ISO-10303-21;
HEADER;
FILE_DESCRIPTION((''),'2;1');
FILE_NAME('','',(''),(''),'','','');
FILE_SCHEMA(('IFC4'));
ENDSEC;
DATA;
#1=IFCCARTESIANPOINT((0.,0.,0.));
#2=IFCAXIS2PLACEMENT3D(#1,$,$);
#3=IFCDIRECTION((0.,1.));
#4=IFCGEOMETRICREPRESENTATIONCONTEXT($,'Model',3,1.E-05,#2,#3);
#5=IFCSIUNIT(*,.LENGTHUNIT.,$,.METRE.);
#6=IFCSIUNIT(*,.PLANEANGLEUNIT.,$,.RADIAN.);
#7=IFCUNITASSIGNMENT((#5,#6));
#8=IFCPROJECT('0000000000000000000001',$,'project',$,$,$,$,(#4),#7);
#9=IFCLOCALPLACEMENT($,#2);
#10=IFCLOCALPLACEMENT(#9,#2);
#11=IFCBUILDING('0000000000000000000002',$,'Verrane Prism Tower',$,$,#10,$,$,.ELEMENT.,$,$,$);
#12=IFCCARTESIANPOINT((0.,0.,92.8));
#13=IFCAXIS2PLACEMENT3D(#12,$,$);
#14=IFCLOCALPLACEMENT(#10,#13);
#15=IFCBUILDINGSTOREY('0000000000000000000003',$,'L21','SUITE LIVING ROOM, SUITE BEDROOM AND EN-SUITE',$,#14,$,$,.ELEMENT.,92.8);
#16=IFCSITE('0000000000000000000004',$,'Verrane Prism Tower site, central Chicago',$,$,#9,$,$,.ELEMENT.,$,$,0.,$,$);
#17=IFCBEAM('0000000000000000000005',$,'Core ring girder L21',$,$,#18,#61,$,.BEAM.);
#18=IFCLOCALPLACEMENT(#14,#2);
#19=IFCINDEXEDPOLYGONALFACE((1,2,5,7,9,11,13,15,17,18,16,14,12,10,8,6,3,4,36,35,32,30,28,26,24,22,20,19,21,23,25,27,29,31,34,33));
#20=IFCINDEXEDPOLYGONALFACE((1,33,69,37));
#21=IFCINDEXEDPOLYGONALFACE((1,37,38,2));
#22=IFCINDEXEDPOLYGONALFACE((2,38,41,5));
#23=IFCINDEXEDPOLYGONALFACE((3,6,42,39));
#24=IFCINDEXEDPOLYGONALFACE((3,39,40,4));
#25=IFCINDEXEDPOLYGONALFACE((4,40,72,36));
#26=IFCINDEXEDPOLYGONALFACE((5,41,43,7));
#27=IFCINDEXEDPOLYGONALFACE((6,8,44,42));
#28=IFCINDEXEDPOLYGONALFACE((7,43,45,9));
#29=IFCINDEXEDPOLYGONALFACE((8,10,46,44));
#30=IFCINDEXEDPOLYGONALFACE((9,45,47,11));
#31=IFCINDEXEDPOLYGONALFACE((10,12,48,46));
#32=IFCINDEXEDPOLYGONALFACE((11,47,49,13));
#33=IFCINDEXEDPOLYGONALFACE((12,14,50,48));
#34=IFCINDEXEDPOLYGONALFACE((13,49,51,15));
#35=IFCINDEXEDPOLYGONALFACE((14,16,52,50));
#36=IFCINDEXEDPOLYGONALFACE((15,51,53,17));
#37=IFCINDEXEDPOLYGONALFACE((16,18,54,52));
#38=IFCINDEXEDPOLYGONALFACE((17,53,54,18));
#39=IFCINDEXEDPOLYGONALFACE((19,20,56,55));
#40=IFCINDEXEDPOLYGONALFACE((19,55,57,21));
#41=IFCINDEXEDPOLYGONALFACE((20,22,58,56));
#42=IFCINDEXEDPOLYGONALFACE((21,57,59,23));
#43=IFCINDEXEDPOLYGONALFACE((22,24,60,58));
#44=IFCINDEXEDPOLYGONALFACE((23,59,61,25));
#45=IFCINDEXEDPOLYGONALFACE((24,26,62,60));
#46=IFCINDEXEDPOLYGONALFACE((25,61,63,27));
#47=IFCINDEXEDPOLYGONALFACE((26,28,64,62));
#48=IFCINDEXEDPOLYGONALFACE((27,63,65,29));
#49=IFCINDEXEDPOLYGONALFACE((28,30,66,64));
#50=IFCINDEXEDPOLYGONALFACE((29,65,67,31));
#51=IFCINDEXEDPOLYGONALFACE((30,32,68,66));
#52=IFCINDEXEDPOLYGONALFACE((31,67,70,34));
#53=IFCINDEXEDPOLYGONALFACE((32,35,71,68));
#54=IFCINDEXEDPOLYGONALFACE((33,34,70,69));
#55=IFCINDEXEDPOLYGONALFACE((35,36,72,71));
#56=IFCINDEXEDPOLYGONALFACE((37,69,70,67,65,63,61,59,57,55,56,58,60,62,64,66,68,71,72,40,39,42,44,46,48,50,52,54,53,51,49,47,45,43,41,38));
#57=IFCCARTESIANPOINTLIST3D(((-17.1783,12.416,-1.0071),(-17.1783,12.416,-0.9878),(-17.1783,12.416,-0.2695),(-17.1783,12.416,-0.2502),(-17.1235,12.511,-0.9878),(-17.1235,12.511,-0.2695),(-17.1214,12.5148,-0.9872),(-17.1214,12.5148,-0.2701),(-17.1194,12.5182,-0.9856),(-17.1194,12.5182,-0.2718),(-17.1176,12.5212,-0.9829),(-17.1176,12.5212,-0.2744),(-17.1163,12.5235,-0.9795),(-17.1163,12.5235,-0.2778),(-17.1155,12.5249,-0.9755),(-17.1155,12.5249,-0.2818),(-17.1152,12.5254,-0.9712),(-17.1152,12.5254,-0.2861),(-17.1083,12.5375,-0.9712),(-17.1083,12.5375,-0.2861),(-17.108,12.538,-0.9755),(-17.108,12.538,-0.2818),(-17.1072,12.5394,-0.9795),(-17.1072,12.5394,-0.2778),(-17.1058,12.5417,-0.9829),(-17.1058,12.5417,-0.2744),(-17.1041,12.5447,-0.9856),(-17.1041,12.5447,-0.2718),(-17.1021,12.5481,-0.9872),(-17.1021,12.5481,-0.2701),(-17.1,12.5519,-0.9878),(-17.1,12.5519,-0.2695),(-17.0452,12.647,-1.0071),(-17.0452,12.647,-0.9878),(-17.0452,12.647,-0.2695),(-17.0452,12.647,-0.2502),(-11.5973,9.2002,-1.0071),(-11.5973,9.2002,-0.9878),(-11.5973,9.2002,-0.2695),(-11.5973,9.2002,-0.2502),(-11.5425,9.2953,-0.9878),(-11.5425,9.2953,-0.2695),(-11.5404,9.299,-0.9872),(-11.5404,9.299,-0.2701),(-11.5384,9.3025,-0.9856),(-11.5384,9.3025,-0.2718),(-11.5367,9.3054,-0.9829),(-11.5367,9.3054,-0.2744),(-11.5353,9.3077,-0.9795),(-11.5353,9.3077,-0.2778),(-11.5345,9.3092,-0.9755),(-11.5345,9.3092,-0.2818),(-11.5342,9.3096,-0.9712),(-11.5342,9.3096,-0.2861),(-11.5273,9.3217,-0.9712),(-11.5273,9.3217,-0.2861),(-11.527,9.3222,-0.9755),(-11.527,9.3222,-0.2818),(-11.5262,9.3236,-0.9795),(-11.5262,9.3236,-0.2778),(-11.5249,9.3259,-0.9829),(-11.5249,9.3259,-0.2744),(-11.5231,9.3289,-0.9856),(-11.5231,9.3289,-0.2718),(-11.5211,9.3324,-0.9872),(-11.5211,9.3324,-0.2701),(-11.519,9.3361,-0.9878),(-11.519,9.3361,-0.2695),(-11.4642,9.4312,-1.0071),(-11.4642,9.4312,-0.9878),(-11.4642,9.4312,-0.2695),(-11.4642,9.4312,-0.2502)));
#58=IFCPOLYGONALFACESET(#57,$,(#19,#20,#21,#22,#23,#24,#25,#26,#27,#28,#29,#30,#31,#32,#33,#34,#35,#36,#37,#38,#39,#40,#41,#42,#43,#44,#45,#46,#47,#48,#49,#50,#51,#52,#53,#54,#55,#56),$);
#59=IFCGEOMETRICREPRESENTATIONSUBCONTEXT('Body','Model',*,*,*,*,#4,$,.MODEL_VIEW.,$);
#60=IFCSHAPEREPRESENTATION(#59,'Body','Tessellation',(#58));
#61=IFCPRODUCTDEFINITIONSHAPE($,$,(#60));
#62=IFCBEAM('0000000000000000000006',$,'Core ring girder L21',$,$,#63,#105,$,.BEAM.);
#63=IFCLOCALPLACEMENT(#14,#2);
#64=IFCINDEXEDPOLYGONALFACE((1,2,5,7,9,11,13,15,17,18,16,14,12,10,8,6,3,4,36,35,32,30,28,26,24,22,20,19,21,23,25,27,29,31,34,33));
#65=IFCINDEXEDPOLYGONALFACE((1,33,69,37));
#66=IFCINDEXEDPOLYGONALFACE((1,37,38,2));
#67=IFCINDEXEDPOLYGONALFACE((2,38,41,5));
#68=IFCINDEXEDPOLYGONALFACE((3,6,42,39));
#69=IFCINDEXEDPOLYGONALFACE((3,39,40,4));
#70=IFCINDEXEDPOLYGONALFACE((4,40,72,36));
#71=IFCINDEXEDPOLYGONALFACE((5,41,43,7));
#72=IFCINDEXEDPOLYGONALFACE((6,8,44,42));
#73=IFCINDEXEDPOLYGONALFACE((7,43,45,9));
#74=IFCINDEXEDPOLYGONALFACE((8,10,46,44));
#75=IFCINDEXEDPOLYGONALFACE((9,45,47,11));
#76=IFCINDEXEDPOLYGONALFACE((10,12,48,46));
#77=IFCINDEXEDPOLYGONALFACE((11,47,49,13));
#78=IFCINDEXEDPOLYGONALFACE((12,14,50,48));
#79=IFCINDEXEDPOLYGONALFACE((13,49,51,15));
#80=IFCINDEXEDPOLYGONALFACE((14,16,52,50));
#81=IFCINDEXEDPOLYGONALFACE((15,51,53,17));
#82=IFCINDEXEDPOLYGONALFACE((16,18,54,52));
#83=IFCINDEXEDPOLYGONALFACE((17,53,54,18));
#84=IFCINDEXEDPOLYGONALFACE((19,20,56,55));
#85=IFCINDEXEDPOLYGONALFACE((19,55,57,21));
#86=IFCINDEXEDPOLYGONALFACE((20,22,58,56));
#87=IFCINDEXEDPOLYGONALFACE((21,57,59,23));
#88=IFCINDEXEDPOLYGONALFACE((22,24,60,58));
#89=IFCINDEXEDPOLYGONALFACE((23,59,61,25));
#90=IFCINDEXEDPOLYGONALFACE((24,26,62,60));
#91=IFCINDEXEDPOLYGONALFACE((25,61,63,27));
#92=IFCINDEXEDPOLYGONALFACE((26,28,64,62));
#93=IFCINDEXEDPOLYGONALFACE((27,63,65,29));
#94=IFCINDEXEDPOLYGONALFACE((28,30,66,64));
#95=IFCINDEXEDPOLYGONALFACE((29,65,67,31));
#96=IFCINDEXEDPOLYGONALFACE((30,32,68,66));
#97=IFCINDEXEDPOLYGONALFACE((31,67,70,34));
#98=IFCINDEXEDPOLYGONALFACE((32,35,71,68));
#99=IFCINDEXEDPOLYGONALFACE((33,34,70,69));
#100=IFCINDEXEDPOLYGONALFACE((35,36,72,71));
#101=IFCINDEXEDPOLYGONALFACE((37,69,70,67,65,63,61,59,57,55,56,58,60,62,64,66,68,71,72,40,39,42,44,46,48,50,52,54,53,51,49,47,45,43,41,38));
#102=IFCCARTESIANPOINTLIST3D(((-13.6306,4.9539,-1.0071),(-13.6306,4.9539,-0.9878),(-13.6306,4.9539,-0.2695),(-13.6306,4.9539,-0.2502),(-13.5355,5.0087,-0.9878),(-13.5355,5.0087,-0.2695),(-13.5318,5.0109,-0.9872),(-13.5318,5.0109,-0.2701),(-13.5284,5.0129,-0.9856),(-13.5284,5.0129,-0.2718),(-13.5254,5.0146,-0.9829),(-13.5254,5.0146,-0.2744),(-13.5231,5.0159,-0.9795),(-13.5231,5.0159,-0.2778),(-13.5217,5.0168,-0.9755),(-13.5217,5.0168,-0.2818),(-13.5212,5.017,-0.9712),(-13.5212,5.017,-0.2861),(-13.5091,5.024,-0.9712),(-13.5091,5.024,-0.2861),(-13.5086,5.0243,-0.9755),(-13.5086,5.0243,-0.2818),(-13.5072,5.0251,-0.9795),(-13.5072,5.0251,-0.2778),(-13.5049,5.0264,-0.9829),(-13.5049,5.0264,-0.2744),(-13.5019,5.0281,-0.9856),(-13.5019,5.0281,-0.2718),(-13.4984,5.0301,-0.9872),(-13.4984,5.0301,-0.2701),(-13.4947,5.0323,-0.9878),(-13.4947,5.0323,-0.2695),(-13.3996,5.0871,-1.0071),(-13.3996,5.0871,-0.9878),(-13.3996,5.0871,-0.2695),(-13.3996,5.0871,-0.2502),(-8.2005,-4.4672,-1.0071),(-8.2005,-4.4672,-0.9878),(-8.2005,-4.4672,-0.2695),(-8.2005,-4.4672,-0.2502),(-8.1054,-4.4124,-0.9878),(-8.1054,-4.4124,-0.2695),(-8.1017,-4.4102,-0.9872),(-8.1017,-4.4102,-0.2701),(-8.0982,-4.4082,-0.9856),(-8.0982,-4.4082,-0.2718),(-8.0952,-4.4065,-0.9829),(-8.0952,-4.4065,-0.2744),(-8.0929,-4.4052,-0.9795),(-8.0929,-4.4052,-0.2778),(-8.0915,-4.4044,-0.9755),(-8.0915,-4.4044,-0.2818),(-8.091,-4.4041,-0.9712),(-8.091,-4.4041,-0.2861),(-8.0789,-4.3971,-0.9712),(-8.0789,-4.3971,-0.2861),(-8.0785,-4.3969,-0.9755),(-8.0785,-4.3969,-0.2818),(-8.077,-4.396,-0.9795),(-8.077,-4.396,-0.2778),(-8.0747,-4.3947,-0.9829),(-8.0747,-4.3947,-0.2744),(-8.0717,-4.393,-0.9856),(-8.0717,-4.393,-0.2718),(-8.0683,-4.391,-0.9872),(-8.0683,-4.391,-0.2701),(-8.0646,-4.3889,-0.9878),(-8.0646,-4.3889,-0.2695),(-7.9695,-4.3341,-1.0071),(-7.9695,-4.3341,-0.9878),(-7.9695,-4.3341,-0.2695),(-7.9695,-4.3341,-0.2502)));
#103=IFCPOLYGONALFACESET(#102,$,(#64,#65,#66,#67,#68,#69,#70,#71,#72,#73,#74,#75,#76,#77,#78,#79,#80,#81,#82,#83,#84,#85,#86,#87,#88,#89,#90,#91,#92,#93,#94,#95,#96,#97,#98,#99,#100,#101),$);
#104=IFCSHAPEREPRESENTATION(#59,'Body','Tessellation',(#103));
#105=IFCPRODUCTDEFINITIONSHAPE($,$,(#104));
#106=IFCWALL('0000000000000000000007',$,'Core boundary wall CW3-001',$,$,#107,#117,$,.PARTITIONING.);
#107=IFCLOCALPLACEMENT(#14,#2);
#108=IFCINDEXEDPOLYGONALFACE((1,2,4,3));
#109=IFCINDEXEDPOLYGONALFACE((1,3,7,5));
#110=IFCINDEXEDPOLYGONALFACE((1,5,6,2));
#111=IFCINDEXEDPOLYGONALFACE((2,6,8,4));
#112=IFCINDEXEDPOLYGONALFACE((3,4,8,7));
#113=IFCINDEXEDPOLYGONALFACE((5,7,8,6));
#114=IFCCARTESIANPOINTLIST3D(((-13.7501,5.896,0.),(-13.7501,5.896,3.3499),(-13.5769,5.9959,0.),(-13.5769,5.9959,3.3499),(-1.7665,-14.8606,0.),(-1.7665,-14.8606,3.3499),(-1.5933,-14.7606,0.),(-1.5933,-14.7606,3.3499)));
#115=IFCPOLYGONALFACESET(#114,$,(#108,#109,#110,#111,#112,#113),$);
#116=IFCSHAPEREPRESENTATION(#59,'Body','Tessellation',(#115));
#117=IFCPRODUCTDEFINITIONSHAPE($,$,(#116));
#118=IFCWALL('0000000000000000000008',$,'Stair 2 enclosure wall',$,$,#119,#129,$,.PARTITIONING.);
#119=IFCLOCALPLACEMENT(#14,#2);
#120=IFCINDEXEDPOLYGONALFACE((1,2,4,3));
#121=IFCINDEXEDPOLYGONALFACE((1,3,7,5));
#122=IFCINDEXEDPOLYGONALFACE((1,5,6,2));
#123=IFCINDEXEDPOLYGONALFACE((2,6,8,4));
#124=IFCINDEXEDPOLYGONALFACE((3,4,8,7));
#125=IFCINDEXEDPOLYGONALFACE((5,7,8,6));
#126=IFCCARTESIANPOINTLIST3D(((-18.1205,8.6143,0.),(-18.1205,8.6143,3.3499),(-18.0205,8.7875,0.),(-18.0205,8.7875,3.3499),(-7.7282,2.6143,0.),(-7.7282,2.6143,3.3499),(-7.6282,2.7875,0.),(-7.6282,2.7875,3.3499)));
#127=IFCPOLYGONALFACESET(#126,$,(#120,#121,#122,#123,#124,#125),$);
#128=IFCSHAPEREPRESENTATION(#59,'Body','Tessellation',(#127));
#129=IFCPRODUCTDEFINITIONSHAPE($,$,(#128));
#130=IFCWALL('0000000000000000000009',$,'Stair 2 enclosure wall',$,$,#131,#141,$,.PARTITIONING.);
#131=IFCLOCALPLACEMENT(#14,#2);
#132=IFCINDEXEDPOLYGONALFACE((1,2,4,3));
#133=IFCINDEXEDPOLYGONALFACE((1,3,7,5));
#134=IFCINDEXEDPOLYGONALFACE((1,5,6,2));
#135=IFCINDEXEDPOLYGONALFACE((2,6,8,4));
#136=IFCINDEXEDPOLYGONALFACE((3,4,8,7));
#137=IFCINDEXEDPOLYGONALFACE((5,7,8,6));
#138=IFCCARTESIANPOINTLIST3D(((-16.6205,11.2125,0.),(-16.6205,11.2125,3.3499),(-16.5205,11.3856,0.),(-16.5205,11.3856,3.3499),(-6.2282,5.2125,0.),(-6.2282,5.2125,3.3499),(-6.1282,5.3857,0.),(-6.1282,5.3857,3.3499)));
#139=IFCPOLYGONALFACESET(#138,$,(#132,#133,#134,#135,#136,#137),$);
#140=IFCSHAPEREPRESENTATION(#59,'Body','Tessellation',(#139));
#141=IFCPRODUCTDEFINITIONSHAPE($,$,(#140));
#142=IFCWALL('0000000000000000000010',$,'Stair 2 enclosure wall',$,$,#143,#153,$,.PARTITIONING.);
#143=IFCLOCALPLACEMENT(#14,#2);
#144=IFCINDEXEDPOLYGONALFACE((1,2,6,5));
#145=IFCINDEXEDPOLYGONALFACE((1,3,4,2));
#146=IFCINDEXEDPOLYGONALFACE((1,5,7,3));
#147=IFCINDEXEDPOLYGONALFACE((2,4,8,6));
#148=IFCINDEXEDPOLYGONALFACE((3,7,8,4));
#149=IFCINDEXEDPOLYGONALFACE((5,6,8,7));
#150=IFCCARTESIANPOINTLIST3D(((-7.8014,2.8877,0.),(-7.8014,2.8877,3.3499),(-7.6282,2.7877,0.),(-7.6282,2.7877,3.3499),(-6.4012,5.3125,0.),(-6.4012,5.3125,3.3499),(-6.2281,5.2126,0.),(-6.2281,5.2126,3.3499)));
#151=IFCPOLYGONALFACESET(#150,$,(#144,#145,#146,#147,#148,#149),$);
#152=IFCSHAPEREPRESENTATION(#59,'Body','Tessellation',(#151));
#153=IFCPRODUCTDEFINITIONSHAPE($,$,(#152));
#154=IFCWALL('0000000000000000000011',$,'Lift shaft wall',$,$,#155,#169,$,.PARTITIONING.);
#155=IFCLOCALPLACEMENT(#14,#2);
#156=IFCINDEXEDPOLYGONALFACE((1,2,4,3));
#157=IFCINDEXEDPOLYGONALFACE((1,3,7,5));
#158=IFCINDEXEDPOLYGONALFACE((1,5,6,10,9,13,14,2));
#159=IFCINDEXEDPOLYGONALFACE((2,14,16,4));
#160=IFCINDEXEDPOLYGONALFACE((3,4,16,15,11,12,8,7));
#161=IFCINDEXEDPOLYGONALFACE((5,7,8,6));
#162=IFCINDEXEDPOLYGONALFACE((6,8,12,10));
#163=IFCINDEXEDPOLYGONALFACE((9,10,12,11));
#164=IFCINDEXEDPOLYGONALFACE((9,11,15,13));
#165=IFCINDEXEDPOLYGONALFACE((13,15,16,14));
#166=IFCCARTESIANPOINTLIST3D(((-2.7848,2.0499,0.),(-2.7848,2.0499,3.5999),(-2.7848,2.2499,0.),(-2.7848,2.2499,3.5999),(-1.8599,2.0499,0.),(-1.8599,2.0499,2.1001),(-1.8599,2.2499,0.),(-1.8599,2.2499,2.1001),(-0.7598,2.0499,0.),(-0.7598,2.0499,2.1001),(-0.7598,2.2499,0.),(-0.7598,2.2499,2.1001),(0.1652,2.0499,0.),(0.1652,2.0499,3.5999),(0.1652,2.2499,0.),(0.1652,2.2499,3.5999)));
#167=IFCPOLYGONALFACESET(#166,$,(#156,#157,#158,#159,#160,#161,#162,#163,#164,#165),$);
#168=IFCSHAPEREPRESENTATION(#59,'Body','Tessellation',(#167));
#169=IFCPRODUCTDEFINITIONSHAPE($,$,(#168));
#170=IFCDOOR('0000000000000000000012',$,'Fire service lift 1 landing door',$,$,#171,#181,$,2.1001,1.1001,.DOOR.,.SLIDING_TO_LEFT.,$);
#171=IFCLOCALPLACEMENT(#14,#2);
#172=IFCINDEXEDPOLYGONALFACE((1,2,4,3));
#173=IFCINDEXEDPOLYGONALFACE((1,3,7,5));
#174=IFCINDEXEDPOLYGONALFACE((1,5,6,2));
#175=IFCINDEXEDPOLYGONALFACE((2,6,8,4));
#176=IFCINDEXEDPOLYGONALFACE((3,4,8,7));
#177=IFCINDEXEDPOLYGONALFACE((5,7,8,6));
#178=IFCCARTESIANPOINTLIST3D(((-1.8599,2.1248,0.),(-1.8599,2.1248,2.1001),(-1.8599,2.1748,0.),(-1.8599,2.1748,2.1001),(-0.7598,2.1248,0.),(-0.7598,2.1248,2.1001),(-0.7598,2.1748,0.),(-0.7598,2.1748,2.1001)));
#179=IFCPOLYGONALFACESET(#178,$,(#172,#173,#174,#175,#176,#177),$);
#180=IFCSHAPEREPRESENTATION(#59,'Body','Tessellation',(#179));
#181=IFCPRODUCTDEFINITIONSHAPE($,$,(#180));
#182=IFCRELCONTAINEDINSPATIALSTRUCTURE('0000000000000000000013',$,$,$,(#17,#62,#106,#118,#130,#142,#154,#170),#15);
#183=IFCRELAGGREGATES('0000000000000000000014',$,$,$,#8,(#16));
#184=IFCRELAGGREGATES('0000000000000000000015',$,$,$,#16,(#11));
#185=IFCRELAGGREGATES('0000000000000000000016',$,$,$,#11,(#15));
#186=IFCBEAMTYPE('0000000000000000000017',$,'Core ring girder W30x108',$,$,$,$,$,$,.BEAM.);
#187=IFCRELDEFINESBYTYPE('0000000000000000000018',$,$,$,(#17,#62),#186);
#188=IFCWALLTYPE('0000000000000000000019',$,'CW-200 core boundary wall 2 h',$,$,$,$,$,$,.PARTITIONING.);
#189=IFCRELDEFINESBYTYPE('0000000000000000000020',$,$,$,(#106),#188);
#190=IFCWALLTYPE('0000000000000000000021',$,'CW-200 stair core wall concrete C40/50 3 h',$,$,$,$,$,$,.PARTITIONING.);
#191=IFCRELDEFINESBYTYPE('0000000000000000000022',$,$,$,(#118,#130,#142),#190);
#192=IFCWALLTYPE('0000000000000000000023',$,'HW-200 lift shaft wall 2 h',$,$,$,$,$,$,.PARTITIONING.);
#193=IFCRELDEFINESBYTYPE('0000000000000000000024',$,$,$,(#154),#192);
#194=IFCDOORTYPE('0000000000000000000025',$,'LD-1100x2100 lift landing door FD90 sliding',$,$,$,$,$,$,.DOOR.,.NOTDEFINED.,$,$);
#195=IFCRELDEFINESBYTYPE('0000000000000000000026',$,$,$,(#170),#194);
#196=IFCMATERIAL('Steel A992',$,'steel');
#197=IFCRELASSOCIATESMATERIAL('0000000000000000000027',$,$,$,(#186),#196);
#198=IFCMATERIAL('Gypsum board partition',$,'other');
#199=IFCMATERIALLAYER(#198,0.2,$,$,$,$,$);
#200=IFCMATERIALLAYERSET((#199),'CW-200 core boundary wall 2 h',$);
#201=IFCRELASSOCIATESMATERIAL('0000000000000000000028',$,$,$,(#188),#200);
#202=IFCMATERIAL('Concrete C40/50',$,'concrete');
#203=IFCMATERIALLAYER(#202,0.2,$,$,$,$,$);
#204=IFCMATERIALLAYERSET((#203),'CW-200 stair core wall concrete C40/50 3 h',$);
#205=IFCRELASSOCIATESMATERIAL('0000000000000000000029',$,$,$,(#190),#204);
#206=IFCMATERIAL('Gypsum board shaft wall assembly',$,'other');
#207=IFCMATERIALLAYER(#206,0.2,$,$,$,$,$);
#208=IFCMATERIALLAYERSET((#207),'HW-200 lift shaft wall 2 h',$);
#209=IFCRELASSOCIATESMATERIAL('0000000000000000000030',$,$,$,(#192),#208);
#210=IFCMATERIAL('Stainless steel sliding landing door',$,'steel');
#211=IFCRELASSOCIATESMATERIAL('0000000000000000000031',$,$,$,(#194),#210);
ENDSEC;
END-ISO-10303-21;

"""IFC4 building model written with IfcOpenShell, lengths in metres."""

from ifc_helpers import new_model, si_unit, direction, frame, frame_2d, origin, origin_2d, place, context, subcontext, project, spatial, rectangle, i_section, extrude, material, layer, layer_set, material_profile, profile_set, type_object, element, fill, save


model = new_model("IFC4")

# Units and contexts
model_context = context("Model", 3, precision=1e-05, world=origin(), true_north=direction((0.0, 1.0)))
body_context = subcontext(model_context, "Body", "Model", "MODEL_VIEW")
ifc_project = project(units=[si_unit("LENGTHUNIT", "METRE"), si_unit("PLANEANGLEUNIT", "RADIAN")], contexts=[model_context])

# Site, building, storey
site_placement = place(None, origin())
site = spatial("IfcSite", under=ifc_project, at=site_placement, Name="Verrane Prism Tower site, central Chicago", CompositionType="ELEMENT", RefElevation=0.0)
building_placement = place(site_placement, origin())
building = spatial("IfcBuilding", under=site, at=building_placement, Name="Verrane Prism Tower", CompositionType="ELEMENT")
storey_placement = place(building_placement, frame((0.0, 0.0, 92.8)))
storey = spatial("IfcBuildingStorey", under=building, at=storey_placement, Name="L21", Description="SUITE LIVING ROOM, SUITE BEDROOM AND EN-SUITE", CompositionType="ELEMENT", Elevation=92.8)

# Beams
ifc_material_1 = material(Name="Steel A992", Category="steel")
ifc_material_profile_1 = material_profile(ifc_material_1, i_section(OverallWidth=0.2666, OverallDepth=0.7568, WebThickness=0.0139, FlangeThickness=0.0193, FilletRadius=0.0166, at=origin_2d()), Name="W30x108")
ifc_profile_set_1 = profile_set([ifc_material_profile_1], Name="Steel A992")
beam_type = type_object("IfcBeamType", Name="Core ring girder W30x108", PredefinedType="BEAM", material=ifc_profile_set_1)
beam_1_placement = place(storey_placement, frame((-11.5308, 9.3157, -0.6287), z_axis=(-0.866456, 0.499254, 0.0), x_axis=(-0.499254, -0.866456, 0.0)))
element("IfcBeam", 1, at=beam_1_placement, inside=storey, type_object=beam_type, Name="Core ring girder L21", PredefinedType="BEAM", context=body_context, shape_type="SweptSolid", body=[
    extrude(i_section(OverallWidth=0.2666, OverallDepth=0.7568, WebThickness=0.0139, FlangeThickness=0.0193, FilletRadius=0.0166, at=origin_2d()), origin(), (0.0, 0.0, 1.0), 6.4412),
])
beam_2_placement = place(storey_placement, frame((-13.5151, 5.0205, -0.6287), z_axis=(0.499371, -0.866388, 0.0), x_axis=(0.866388, 0.499371, 0.0)))
element("IfcBeam", 2, at=beam_2_placement, inside=storey, type_object=beam_type, Name="Core ring girder L21", PredefinedType="BEAM", context=body_context, shape_type="SweptSolid", body=[
    extrude(i_section(OverallWidth=0.2666, OverallDepth=0.7568, WebThickness=0.0139, FlangeThickness=0.0193, FilletRadius=0.0166, at=origin_2d()), origin(), (0.0, 0.0, 1.0), 10.874),
])

# Walls
ifc_material_2 = material(Name="Gypsum board partition", Category="other")
ifc_layer_1 = layer(ifc_material_2, 0.2)
ifc_layer_set_1 = layer_set([ifc_layer_1], Name="CW-200 core boundary wall 2 h")
wall_type_1 = type_object("IfcWallType", Name="CW-200 core boundary wall 2 h", PredefinedType="PARTITIONING", material=ifc_layer_set_1)
wall_1_placement = place(storey_placement, frame((-13.6636, 5.946, 0.0), z_axis=(0.0, 0.0, 1.0), x_axis=(0.499994, -0.866029, 0.0)))
element("IfcWall", 3, at=wall_1_placement, inside=storey, type_object=wall_type_1, Name="Core boundary wall CW3-001", PredefinedType="PARTITIONING", context=body_context, shape_type="SweptSolid", body=[
    extrude(rectangle(XDim=23.9675, YDim=0.2, at=frame_2d((11.9839, 0.0))), origin(), (0.0, 0.0, 1.0), 3.3499),
])
ifc_material_3 = material(Name="Concrete C40/50", Category="concrete")
ifc_layer_2 = layer(ifc_material_3, 0.2)
ifc_layer_set_2 = layer_set([ifc_layer_2], Name="CW-200 stair core wall concrete C40/50 3 h")
wall_type_2 = type_object("IfcWallType", Name="CW-200 stair core wall concrete C40/50 3 h", PredefinedType="PARTITIONING", material=ifc_layer_set_2)
for number, where, z_axis, x_axis, name in (
    (4, (-7.6782, 2.7009, 0.0), (0.0, 0.0, 1.0), (-0.866026, 0.499999, 0.0), "Stair 2 enclosure wall"),
    (5, (-6.1782, 5.2991, 0.0), (0.0, 0.0, 1.0), (-0.866026, 0.499999, 0.0), "Stair 2 enclosure wall"),
):
    element("IfcWall", number, at=place(storey_placement, frame(where, z_axis=z_axis, x_axis=x_axis)), inside=storey, type_object=wall_type_2, Name=name, PredefinedType="PARTITIONING", context=body_context, shape_type="SweptSolid", body=[
        extrude(rectangle(XDim=12.0, YDim=0.2, at=frame_2d((6.0, 0.0))), origin(), (0.0, 0.0, 1.0), 3.3499),
    ])
wall_2_placement = place(storey_placement, frame((-6.3147, 5.2625, 0.0), z_axis=(0.0, 0.0, 1.0), x_axis=(-0.50005, -0.865997, 0.0)))
element("IfcWall", 6, at=wall_2_placement, inside=storey, type_object=wall_type_2, Name="Stair 2 enclosure wall", PredefinedType="PARTITIONING", context=body_context, shape_type="SweptSolid", body=[
    extrude(rectangle(XDim=2.8, YDim=0.2, at=frame_2d((1.3999, 0.0))), origin(), (0.0, 0.0, 1.0), 3.3499),
])

# Wall, opening, door
ifc_material_4 = material(Name="Gypsum board shaft wall assembly", Category="other")
ifc_layer_3 = layer(ifc_material_4, 0.2)
ifc_layer_set_3 = layer_set([ifc_layer_3], Name="HW-200 lift shaft wall 2 h")
wall_type_3 = type_object("IfcWallType", Name="HW-200 lift shaft wall 2 h", PredefinedType="PARTITIONING", material=ifc_layer_set_3)
wall_3_placement = place(storey_placement, frame((-2.7849, 2.1499, 0.0), z_axis=(0.0, 0.0, 1.0), x_axis=(1.0, 0.0, 0.0)))
wall_3 = element("IfcWall", 7, at=wall_3_placement, inside=storey, type_object=wall_type_3, Name="Lift shaft wall", PredefinedType="PARTITIONING", context=body_context, shape_type="SweptSolid", body=[
    extrude(rectangle(XDim=2.95, YDim=0.2, at=frame_2d((1.4751, 0.0))), origin(), (0.0, 0.0, 1.0), 3.5999),
])
opening_1_placement = place(wall_3_placement, frame((0.925, 0.0, 0.0)))
opening_1 = element("IfcOpeningElement", 8, at=opening_1_placement, cuts=wall_3, PredefinedType="OPENING", context=body_context, shape_type="SweptSolid", body=[
    extrude(rectangle(XDim=1.1001, YDim=2.1001, at=frame_2d((0.55, 1.05))), frame((0.0, 0.1099, 0.0), z_axis=(0.0, -1.0, 0.0), x_axis=(1.0, 0.0, 0.0)), (0.0, 0.0, 1.0), 0.22),
])
ifc_material_5 = material(Name="Stainless steel sliding landing door", Category="steel")
door_type_1 = type_object("IfcDoorType", Name="LD-1100x2100 lift landing door FD90 sliding", OperationType="NOTDEFINED", PredefinedType="DOOR", material=ifc_material_5)
door_1_placement = place(opening_1_placement, origin())
door_1 = element("IfcDoor", 9, at=door_1_placement, inside=storey, type_object=door_type_1, Name="Fire service lift 1 landing door", OperationType="SLIDING_TO_LEFT", OverallHeight=2.1001, OverallWidth=1.1001, PredefinedType="DOOR", context=body_context, shape_type="SweptSolid", body=[
    extrude(rectangle(XDim=1.1001, YDim=2.1001, at=frame_2d((0.55, 1.05))), frame((0.0, 0.0249, 0.0), z_axis=(0.0, -1.0, 0.0), x_axis=(1.0, 0.0, 0.0)), (0.0, 0.0, 1.0), 0.05),
])
fill(opening_1, door_1)

save(model, "model.ifc")
